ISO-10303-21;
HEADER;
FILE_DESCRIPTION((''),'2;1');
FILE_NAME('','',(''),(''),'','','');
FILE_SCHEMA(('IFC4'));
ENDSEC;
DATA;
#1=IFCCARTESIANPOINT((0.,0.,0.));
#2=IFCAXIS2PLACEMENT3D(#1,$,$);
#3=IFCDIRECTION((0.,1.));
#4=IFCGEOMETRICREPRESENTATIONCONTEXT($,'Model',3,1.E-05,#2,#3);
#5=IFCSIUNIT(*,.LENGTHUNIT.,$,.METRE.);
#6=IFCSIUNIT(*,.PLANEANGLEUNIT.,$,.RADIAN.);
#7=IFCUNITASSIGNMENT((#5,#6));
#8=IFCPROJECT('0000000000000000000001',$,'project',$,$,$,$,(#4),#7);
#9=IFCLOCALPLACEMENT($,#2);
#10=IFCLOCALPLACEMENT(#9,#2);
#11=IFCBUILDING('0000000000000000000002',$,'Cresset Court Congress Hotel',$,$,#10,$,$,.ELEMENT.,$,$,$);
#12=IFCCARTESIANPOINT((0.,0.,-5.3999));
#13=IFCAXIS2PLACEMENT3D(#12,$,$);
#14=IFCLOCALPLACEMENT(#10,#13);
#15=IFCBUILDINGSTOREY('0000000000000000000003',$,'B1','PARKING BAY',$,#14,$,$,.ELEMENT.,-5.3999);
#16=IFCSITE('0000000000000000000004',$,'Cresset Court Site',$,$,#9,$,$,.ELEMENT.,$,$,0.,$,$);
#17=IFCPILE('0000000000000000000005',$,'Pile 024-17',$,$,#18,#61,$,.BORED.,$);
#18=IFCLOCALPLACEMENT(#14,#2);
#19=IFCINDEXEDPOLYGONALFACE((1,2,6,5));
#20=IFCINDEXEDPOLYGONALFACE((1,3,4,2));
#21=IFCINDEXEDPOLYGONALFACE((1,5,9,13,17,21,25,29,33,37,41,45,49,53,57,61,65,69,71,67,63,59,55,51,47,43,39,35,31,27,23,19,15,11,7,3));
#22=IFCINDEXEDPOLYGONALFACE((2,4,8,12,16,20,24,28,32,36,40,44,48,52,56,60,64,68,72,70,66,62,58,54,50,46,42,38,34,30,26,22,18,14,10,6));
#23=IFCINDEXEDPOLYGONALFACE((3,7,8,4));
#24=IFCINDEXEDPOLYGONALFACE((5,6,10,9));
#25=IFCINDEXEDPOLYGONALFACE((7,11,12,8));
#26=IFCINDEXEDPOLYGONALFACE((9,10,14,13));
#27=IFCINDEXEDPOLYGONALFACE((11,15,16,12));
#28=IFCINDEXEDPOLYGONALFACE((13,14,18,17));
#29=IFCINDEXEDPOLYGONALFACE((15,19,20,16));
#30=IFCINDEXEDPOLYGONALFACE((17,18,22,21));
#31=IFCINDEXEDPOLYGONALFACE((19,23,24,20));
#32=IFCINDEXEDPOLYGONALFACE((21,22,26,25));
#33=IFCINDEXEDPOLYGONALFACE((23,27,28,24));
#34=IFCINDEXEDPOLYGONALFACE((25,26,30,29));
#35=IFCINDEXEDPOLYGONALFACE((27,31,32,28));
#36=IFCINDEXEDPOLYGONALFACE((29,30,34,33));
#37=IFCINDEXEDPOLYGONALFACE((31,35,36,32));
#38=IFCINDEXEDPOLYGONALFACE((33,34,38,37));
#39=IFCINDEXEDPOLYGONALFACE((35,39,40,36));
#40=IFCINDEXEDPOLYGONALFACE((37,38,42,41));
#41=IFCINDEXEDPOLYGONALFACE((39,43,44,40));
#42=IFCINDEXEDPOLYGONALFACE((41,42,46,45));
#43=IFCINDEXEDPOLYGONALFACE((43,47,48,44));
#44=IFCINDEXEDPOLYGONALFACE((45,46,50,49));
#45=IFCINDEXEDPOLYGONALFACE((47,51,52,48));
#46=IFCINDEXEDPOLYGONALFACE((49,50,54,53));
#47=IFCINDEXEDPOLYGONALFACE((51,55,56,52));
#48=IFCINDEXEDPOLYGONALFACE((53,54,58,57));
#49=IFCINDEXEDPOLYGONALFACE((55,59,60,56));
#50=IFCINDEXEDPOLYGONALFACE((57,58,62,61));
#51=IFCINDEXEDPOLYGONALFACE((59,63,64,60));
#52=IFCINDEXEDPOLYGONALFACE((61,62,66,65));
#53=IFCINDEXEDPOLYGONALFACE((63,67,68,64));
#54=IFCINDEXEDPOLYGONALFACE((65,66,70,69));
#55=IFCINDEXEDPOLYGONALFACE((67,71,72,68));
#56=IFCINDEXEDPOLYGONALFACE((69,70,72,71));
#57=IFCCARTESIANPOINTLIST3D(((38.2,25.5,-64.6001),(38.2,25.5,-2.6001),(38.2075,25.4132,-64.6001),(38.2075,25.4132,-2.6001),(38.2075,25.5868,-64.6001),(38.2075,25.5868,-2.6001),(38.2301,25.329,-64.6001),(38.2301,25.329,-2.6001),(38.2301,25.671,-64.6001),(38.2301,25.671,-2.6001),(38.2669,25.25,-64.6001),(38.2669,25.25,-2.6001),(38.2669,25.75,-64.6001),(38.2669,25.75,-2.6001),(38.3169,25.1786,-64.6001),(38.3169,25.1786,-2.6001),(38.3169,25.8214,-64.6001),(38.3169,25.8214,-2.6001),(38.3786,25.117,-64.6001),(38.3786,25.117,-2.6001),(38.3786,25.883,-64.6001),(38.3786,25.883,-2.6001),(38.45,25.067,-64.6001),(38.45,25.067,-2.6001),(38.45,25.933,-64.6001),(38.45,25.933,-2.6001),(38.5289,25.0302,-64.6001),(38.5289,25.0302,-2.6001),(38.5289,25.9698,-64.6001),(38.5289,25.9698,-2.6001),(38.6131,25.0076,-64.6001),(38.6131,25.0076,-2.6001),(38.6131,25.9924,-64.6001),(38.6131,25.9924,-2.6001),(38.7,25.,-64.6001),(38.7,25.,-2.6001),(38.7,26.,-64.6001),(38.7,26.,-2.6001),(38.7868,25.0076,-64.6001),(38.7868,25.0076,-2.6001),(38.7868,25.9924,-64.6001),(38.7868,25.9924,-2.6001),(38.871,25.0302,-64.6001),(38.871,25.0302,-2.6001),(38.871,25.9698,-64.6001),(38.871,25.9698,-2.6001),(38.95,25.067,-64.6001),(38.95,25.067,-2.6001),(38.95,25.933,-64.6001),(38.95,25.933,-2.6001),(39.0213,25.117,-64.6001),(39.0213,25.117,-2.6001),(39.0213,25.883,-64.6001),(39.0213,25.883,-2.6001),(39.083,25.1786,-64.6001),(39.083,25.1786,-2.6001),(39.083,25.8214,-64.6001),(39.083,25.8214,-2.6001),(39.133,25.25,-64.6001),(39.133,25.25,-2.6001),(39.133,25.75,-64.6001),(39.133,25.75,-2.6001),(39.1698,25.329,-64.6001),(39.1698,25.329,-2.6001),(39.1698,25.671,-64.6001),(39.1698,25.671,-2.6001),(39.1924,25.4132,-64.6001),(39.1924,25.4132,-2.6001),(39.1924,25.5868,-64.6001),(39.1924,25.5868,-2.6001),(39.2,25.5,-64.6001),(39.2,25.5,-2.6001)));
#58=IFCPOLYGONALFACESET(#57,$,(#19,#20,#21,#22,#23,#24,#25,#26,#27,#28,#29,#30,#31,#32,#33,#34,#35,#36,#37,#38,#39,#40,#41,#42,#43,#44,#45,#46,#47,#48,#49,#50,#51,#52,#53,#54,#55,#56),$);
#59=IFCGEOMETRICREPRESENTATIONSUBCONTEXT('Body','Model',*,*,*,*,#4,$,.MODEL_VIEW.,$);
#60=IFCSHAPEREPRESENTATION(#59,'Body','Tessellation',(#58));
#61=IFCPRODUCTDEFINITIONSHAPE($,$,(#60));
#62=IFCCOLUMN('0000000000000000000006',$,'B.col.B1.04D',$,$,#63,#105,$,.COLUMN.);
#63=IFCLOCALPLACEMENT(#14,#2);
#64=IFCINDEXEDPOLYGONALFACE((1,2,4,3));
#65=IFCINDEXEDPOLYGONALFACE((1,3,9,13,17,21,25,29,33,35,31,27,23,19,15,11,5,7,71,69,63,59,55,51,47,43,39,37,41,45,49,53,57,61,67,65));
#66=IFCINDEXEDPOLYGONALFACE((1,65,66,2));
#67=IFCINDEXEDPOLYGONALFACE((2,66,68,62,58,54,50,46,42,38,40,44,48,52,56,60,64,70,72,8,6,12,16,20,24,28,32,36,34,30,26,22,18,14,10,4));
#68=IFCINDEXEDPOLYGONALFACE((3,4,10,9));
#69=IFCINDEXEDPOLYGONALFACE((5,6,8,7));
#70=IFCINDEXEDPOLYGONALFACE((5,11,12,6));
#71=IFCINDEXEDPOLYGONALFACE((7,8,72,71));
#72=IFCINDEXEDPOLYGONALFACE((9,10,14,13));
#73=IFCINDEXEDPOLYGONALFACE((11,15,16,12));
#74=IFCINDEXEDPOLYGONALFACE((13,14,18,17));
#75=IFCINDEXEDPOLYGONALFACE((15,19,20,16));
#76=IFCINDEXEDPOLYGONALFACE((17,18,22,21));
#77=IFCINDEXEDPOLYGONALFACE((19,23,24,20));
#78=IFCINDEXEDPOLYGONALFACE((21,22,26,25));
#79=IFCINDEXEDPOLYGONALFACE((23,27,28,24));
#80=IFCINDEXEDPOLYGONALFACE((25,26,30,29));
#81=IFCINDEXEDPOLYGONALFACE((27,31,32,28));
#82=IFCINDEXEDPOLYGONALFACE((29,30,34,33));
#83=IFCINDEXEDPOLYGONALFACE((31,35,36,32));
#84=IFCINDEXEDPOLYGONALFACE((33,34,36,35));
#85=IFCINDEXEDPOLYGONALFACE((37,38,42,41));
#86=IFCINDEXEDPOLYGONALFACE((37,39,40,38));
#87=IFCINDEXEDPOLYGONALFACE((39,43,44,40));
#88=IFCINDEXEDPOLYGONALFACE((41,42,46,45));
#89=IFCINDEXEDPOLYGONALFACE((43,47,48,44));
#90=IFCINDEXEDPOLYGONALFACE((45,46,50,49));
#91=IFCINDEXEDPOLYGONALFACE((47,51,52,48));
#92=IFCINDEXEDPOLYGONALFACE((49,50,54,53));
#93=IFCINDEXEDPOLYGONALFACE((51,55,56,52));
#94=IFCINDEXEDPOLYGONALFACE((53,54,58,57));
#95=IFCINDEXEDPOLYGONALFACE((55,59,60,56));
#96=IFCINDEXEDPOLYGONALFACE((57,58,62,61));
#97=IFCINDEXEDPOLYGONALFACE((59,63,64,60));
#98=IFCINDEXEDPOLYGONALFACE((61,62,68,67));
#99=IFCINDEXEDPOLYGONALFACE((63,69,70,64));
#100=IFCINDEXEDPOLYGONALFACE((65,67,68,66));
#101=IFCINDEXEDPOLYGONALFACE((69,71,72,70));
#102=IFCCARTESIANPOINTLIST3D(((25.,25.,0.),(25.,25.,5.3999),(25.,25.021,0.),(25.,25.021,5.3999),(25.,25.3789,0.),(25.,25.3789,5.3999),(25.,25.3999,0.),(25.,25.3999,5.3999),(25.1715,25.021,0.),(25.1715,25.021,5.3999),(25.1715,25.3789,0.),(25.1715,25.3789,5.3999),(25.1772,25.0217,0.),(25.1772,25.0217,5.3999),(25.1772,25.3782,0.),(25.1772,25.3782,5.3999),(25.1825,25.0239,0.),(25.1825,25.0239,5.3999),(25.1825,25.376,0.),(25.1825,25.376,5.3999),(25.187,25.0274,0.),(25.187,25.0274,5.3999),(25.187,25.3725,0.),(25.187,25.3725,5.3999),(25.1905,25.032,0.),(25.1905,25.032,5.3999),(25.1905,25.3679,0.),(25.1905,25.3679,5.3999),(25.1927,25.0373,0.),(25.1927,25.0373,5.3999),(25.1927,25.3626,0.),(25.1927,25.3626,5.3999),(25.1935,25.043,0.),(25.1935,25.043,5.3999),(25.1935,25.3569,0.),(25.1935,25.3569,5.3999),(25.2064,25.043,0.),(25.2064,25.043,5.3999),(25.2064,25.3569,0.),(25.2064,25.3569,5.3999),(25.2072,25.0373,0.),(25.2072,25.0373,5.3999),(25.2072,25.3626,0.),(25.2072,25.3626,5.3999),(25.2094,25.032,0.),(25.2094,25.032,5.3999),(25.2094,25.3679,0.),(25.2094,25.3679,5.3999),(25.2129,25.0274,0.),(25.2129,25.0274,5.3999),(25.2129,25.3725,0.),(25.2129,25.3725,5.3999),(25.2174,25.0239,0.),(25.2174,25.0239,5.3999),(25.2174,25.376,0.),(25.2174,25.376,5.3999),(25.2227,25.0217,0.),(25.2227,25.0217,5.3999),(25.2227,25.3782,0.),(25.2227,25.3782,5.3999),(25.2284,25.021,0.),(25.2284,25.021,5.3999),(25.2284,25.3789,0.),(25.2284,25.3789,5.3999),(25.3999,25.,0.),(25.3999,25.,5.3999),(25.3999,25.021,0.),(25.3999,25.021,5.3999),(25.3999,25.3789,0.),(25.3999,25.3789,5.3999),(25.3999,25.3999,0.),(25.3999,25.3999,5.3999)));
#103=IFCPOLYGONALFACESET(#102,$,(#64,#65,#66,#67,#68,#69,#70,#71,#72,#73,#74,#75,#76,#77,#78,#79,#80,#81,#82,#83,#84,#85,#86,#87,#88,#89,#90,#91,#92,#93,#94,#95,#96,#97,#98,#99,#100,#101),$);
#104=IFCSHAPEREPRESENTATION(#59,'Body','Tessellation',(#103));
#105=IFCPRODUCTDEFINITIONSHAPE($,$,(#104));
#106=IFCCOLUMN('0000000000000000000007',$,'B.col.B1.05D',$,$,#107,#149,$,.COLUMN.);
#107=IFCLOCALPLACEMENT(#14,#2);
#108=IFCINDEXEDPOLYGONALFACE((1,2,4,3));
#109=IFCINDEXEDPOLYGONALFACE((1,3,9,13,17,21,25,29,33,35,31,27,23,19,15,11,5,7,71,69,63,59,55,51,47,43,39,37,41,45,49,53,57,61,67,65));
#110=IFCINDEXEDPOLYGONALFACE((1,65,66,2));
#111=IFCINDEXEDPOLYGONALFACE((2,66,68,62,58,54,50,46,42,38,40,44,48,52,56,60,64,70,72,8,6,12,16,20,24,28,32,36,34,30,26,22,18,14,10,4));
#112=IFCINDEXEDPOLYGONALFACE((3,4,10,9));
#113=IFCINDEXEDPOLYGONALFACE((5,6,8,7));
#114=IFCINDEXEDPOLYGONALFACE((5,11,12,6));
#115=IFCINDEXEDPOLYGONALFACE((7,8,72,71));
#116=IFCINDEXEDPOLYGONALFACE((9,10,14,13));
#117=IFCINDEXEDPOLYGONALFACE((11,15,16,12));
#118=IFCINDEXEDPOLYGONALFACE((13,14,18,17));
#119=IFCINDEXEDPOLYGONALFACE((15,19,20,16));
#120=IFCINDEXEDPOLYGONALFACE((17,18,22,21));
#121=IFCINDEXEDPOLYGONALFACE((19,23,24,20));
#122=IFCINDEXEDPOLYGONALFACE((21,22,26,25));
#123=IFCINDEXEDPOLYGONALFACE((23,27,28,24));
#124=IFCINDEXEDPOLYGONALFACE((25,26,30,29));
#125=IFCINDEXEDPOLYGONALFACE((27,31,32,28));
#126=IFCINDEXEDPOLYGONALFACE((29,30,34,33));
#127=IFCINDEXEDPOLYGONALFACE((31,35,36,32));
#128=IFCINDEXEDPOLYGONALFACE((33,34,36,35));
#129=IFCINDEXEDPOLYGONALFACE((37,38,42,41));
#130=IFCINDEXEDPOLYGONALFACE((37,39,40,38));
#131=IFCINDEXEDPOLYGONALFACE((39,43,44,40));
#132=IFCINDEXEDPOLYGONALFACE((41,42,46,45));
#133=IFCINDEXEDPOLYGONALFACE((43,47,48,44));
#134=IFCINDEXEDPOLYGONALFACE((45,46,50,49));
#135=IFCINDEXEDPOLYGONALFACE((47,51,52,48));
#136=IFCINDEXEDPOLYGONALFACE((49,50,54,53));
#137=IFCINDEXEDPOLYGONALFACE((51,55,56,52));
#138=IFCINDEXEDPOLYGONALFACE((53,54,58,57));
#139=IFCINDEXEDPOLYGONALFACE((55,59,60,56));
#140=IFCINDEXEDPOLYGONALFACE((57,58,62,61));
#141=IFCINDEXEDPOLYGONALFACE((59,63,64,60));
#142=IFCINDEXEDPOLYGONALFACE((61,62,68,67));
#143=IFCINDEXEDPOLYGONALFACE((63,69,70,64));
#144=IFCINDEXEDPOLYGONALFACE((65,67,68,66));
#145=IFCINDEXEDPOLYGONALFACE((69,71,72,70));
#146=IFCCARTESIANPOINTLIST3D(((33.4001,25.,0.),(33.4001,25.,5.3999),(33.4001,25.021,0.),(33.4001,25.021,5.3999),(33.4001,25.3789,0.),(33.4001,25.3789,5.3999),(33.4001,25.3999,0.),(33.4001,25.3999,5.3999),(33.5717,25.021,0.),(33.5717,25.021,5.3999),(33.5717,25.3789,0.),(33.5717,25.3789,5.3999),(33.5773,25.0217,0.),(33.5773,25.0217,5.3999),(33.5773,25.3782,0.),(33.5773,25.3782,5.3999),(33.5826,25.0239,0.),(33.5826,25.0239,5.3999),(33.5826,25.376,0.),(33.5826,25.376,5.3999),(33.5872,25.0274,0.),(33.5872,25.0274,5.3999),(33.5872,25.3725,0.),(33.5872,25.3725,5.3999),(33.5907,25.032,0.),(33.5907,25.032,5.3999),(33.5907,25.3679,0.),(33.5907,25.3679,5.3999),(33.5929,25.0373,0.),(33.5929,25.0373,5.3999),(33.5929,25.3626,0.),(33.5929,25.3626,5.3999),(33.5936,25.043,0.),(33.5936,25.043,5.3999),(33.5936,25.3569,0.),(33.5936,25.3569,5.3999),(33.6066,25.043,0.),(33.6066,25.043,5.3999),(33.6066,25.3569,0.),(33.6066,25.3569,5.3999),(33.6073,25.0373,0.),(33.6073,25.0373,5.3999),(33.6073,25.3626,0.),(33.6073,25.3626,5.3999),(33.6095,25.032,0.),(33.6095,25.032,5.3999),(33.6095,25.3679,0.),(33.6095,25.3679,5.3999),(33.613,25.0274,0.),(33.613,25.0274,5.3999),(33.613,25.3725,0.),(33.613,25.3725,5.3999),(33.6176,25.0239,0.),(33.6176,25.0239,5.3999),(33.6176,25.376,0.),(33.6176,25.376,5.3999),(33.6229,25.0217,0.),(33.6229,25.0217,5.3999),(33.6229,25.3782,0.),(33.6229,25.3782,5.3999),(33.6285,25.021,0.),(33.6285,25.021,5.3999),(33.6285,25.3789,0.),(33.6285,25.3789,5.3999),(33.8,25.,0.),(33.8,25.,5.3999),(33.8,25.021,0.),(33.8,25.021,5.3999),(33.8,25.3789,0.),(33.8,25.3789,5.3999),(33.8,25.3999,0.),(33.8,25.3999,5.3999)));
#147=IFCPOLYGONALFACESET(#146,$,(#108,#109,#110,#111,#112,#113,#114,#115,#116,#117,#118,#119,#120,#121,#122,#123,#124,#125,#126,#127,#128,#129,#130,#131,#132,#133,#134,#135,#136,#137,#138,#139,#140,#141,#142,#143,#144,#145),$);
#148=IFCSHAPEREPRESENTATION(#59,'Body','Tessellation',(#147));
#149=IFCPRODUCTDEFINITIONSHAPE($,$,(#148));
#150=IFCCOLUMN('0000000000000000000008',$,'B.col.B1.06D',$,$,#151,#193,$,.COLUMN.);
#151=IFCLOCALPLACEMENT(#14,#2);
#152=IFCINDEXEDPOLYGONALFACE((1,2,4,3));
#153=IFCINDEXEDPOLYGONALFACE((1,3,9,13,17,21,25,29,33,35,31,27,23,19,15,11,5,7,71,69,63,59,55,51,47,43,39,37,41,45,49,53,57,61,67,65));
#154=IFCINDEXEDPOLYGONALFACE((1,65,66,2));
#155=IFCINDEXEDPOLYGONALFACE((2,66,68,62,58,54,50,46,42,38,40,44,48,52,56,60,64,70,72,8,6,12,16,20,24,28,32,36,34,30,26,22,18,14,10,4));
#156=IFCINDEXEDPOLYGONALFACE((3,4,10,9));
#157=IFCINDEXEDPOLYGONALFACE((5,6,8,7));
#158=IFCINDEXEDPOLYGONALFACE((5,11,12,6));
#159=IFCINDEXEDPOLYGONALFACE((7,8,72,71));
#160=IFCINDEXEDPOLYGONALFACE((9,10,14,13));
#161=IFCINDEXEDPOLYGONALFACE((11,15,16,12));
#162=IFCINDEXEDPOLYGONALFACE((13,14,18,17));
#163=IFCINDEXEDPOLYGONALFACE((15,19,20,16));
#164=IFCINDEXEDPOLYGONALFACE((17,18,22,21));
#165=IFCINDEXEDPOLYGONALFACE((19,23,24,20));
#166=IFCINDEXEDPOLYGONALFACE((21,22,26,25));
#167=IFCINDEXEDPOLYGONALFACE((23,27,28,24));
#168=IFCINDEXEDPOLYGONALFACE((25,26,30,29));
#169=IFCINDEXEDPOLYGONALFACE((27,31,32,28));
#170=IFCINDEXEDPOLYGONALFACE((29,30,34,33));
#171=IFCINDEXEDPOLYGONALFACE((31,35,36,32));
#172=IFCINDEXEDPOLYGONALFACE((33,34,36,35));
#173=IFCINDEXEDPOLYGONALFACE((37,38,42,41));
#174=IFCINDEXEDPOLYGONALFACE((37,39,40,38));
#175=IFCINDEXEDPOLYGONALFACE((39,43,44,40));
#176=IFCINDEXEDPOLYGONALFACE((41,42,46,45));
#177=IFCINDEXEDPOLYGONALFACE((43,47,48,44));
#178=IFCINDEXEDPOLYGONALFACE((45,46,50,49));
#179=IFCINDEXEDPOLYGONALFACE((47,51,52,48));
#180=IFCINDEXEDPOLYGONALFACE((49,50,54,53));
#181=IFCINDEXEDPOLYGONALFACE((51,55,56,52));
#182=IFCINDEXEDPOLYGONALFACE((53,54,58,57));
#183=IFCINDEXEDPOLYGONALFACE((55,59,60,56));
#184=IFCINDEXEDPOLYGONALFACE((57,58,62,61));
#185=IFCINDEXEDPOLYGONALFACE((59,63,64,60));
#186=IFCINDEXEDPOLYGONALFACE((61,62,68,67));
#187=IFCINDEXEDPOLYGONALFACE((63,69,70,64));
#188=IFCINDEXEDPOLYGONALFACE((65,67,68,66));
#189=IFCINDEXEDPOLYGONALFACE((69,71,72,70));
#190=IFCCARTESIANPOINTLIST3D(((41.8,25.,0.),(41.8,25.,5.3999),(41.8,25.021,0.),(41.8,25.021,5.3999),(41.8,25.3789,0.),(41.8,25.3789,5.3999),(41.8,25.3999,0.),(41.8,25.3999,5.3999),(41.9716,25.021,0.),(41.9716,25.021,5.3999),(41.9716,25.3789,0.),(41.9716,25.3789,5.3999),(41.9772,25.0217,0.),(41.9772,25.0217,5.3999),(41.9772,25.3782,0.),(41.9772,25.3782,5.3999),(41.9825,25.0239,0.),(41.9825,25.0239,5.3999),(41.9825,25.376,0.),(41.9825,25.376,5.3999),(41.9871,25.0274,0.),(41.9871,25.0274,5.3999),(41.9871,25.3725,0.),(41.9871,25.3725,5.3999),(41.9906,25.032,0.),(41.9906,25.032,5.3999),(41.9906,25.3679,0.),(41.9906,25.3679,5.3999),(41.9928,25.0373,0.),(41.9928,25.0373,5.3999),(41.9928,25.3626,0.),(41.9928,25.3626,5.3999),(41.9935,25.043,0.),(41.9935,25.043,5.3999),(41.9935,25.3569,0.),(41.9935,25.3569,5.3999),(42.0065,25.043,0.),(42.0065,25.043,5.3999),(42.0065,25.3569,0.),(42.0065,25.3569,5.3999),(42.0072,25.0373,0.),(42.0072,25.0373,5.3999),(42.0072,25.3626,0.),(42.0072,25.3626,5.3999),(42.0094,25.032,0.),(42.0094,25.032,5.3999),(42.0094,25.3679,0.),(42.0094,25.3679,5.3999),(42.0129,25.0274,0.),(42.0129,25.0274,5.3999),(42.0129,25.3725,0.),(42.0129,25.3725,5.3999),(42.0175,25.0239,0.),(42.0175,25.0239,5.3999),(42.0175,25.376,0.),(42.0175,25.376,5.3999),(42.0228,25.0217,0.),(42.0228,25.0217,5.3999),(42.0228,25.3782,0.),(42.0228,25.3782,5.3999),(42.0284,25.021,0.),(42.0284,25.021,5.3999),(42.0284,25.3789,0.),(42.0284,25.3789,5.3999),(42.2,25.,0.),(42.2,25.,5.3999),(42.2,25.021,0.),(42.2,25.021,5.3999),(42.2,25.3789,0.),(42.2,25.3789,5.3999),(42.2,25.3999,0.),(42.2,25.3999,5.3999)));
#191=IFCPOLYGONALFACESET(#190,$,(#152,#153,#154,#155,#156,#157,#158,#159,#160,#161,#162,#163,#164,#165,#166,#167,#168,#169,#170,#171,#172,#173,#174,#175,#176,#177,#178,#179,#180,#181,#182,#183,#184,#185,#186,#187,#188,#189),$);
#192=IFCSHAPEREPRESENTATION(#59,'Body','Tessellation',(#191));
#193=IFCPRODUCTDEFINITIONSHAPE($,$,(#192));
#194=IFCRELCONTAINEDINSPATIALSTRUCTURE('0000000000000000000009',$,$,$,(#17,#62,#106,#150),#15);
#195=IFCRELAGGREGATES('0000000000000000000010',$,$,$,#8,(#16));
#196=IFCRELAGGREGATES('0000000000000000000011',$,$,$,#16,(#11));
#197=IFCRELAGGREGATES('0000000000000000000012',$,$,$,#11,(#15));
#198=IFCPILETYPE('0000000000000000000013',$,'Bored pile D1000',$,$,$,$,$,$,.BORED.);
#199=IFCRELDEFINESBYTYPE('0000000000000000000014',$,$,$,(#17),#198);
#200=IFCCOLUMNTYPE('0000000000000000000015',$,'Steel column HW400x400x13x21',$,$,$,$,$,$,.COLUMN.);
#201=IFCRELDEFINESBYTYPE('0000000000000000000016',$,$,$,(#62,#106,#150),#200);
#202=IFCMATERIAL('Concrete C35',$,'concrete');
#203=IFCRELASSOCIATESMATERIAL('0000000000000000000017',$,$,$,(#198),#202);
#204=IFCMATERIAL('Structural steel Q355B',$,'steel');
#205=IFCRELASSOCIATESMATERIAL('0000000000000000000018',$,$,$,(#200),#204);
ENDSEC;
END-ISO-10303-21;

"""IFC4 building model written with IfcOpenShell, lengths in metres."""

from ifc_helpers import new_model, si_unit, direction, frame, origin, origin_2d, place, context, subcontext, project, spatial, circle, i_section, extrude, material, material_profile, profile_set, type_object, element, save


model = new_model("IFC4")

# Units and contexts
model_context = context("Model", 3, precision=1e-05, world=origin(), true_north=direction((0.0, 1.0)))
body_context = subcontext(model_context, "Body", "Model", "MODEL_VIEW")
ifc_project = project(units=[si_unit("LENGTHUNIT", "METRE"), si_unit("PLANEANGLEUNIT", "RADIAN")], contexts=[model_context])

# Site, building, storey
site_placement = place(None, origin())
site = spatial("IfcSite", under=ifc_project, at=site_placement, Name="Cresset Court Site", CompositionType="ELEMENT", RefElevation=0.0)
building_placement = place(site_placement, origin())
building = spatial("IfcBuilding", under=site, at=building_placement, Name="Cresset Court Congress Hotel", CompositionType="ELEMENT")
storey_placement = place(building_placement, frame((0.0, 0.0, -5.3999)))
storey = spatial("IfcBuildingStorey", under=building, at=storey_placement, Name="B1", Description="PARKING BAY", CompositionType="ELEMENT", Elevation=-5.3999)

# Pile
ifc_material_1 = material(Name="Concrete C35", Category="concrete")
pile_type = type_object("IfcPileType", Name="Bored pile D1000", PredefinedType="BORED", material=ifc_material_1)
for number, where, z_axis, x_axis, name in (
    (1, (38.7, 25.5, -2.6001), (0.0, 0.0, -1.0), (1.0, 0.0, 0.0), "Pile 024-17"),
):
    element("IfcPile", number, at=place(storey_placement, frame(where, z_axis=z_axis, x_axis=x_axis)), inside=storey, type_object=pile_type, Name=name, PredefinedType="BORED", context=body_context, shape_type="SweptSolid", body=[
        extrude(circle(Radius=0.5, at=origin_2d()), origin(), (0.0, 0.0, 1.0), 62.0),
    ])

# Columns
ifc_material_2 = material(Name="Structural steel Q355B", Category="steel")
ifc_material_profile = material_profile(ifc_material_2, i_section(OverallWidth=0.3999, OverallDepth=0.3999, WebThickness=0.0129, FlangeThickness=0.021, FilletRadius=0.022, at=origin_2d()), Name="HW400x400x13x21")
ifc_profile_set = profile_set([ifc_material_profile], Name="Structural steel Q355B")
column_type = type_object("IfcColumnType", Name="Steel column HW400x400x13x21", PredefinedType="COLUMN", material=ifc_profile_set)
for number, where, z_axis, x_axis, name in (
    (2, (25.2, 25.2, 0.0), (0.0, 0.0, 1.0), (1.0, 0.0, 0.0), "B.col.B1.04D"),
    (3, (33.6001, 25.2, 0.0), (0.0, 0.0, 1.0), (1.0, 0.0, 0.0), "B.col.B1.05D"),
    (4, (42.0, 25.2, 0.0), (0.0, 0.0, 1.0), (1.0, 0.0, 0.0), "B.col.B1.06D"),
):
    element("IfcColumn", number, at=place(storey_placement, frame(where, z_axis=z_axis, x_axis=x_axis)), inside=storey, type_object=column_type, Name=name, PredefinedType="COLUMN", context=body_context, shape_type="SweptSolid", body=[
        extrude(i_section(OverallWidth=0.3999, OverallDepth=0.3999, WebThickness=0.0129, FlangeThickness=0.021, FilletRadius=0.022, at=origin_2d()), origin(), (0.0, 0.0, 1.0), 5.3999),
    ])

save(model, "model.ifc")
